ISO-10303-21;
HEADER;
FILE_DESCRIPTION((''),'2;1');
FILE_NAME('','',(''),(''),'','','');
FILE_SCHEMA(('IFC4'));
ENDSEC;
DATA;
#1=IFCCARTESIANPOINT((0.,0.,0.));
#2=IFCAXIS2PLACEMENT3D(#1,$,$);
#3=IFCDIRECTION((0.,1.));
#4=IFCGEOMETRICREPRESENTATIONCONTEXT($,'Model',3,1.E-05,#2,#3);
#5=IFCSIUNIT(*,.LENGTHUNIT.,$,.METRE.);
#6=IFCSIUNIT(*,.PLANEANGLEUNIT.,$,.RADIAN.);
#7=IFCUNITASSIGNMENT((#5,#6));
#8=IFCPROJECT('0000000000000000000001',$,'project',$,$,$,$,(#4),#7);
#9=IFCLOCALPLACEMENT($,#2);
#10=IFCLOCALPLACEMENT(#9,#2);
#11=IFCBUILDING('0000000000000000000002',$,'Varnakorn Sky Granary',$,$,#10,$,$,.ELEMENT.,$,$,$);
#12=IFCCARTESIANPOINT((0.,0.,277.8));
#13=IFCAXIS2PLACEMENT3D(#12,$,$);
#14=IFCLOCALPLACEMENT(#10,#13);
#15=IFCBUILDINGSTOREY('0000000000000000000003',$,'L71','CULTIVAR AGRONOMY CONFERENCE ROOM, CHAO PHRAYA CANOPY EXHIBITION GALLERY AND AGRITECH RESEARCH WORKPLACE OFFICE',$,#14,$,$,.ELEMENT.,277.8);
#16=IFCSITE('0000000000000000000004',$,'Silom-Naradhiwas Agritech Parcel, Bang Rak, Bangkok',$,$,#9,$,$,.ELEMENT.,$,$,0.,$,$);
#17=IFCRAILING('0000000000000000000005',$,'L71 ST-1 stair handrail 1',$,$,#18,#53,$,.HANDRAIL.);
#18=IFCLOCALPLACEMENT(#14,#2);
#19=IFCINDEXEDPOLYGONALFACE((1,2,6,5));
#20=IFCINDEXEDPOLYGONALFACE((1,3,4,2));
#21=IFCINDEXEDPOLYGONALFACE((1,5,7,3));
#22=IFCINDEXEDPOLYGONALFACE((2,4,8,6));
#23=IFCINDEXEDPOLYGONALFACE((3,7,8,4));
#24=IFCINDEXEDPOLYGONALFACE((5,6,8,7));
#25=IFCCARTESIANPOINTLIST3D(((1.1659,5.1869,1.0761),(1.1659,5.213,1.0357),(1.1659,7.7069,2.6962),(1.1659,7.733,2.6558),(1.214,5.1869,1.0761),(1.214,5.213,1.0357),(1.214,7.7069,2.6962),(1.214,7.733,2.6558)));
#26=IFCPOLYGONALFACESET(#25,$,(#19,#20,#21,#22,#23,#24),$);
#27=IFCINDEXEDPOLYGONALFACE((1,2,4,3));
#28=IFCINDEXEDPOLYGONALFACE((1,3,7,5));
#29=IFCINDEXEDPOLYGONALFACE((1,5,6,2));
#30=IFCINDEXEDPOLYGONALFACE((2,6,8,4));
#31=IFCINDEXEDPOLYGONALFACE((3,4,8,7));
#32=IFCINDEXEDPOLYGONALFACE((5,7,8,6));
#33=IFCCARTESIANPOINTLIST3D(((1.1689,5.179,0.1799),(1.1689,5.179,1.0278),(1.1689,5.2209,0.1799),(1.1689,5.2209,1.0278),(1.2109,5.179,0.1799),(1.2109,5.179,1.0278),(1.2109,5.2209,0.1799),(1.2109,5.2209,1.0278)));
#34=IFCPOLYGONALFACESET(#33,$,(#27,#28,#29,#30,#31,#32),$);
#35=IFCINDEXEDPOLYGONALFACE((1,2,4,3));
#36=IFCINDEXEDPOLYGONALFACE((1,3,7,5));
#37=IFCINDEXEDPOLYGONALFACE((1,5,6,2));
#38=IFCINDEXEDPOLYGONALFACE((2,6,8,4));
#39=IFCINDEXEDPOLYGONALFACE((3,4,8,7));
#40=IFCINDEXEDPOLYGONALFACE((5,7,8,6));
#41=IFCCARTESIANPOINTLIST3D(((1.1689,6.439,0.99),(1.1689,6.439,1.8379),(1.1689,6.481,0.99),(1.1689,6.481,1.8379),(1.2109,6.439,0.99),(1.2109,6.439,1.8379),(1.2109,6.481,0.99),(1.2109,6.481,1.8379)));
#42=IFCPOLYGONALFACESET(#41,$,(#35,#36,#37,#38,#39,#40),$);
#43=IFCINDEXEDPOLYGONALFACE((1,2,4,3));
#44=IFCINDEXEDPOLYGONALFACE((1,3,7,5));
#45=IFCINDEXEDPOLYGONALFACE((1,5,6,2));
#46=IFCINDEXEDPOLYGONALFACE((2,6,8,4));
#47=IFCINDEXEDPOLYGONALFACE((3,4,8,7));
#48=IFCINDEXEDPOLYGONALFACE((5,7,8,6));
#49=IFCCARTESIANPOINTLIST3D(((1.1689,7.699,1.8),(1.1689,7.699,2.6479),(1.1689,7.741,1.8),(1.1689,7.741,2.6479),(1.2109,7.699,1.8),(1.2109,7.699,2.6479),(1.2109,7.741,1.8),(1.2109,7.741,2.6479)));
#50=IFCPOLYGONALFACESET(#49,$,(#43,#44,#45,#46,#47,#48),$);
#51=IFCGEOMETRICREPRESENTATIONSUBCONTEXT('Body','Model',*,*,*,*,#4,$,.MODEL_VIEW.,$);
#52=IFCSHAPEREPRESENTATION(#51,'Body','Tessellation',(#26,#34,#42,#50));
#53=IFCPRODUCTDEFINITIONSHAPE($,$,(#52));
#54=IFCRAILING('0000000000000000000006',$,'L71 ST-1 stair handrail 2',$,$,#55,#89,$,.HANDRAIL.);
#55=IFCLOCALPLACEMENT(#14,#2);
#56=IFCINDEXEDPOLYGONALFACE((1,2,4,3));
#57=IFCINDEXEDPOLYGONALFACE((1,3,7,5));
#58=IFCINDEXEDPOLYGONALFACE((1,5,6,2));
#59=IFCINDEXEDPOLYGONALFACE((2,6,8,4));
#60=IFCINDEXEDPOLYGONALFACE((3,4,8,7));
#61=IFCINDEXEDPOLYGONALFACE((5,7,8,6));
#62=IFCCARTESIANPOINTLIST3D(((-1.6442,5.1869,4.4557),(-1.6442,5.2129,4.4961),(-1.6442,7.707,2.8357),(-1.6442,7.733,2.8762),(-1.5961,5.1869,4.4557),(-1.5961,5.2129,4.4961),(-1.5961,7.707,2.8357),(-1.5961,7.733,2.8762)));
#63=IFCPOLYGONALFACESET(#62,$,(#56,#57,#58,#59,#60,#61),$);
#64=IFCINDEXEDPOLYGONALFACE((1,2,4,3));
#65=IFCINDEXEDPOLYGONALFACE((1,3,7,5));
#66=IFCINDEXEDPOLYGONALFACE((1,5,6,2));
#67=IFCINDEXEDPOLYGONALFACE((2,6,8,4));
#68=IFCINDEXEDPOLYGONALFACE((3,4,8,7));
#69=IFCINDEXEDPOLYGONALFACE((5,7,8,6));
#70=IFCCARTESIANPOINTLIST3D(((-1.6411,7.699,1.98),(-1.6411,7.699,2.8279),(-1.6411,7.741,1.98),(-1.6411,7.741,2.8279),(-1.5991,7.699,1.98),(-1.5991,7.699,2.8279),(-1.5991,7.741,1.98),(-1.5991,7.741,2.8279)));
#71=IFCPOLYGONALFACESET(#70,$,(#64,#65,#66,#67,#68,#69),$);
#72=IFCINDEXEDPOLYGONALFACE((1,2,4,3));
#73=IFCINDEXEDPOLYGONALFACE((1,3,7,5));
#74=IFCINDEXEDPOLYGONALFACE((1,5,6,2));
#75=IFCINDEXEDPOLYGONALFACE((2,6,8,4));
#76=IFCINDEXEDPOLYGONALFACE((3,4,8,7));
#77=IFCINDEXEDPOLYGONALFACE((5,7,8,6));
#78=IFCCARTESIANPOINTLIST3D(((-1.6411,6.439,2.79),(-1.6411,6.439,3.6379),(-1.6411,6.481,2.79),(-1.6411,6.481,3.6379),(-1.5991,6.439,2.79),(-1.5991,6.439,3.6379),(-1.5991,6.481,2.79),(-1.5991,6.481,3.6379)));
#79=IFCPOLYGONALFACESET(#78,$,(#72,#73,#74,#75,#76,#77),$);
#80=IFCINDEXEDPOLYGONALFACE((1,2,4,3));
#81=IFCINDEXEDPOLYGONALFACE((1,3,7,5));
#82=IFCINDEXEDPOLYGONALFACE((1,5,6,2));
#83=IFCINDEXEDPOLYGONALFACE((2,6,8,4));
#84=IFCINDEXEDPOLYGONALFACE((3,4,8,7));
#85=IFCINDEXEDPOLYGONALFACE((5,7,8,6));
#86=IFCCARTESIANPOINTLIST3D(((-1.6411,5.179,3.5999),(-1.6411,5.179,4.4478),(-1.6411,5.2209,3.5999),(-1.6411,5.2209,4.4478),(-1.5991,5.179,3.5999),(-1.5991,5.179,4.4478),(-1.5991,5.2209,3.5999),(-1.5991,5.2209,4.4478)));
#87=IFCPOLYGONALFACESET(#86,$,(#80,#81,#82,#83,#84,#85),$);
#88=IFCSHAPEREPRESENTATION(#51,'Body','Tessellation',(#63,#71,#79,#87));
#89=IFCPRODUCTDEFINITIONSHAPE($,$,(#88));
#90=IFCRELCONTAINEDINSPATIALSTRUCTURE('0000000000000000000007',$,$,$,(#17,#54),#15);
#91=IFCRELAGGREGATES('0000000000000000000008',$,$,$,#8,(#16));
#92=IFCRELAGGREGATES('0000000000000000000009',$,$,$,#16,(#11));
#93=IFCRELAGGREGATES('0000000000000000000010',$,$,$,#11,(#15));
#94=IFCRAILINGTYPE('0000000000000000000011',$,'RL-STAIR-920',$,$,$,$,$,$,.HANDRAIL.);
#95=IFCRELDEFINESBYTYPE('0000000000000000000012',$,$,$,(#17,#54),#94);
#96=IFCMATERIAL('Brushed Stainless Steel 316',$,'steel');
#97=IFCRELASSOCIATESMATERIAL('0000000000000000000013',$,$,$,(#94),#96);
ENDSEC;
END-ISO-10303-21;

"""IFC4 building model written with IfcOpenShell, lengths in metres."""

from ifc_helpers import new_model, si_unit, direction, frame, origin, origin_2d, place, context, subcontext, project, spatial, rectangle, extrude, material, type_object, element, save


model = new_model("IFC4")

# Units and contexts
model_context = context("Model", 3, precision=1e-05, world=origin(), true_north=direction((0.0, 1.0)))
body_context = subcontext(model_context, "Body", "Model", "MODEL_VIEW")
ifc_project = project(units=[si_unit("LENGTHUNIT", "METRE"), si_unit("PLANEANGLEUNIT", "RADIAN")], contexts=[model_context])

# Site, building, storey
site_placement = place(None, origin())
site = spatial("IfcSite", under=ifc_project, at=site_placement, Name="Silom-Naradhiwas Agritech Parcel, Bang Rak, Bangkok", CompositionType="ELEMENT", RefElevation=0.0)
building_placement = place(site_placement, origin())
building = spatial("IfcBuilding", under=site, at=building_placement, Name="Varnakorn Sky Granary", CompositionType="ELEMENT")
storey_placement = place(building_placement, frame((0.0, 0.0, 277.8)))
storey = spatial("IfcBuildingStorey", under=building, at=storey_placement, Name="L71", Description="CULTIVAR AGRONOMY CONFERENCE ROOM, CHAO PHRAYA CANOPY EXHIBITION GALLERY AND AGRITECH RESEARCH WORKPLACE OFFICE", CompositionType="ELEMENT", Elevation=277.8)

# Railings
ifc_material_1 = material(Name="Brushed Stainless Steel 316", Category="steel")
railing_type_1 = type_object("IfcRailingType", Name="RL-STAIR-920", PredefinedType="HANDRAIL", material=ifc_material_1)
railing_1_placement = place(storey_placement, frame((1.1899, 5.2, 0.1799)))
element("IfcRailing", 1, at=railing_1_placement, inside=storey, type_object=railing_type_1, Name="L71 ST-1 stair handrail 1", PredefinedType="HANDRAIL", context=body_context, shape_type="SweptSolid", body=[
    extrude(rectangle(XDim=0.0481, YDim=0.0481, at=origin_2d()), frame((0.0, 0.0, 0.876), z_axis=(0.0, 0.841163, 0.540782), x_axis=(-1.0, 0.0, 0.0)), (0.0, 0.0, 1.0), 2.9958),
    extrude(rectangle(XDim=0.042, YDim=0.042, at=origin_2d()), origin(), (0.0, 0.0, 1.0), 0.8479),
    extrude(rectangle(XDim=0.042, YDim=0.042, at=origin_2d()), frame((0.0, 1.26, 0.8101)), (0.0, 0.0, 1.0), 0.8479),
    extrude(rectangle(XDim=0.042, YDim=0.042, at=origin_2d()), frame((0.0, 2.52, 1.6201)), (0.0, 0.0, 1.0), 0.8479),
])
railing_2_placement = place(storey_placement, frame((-1.6201, 7.72, 1.98)))
element("IfcRailing", 2, at=railing_2_placement, inside=storey, type_object=railing_type_1, Name="L71 ST-1 stair handrail 2", PredefinedType="HANDRAIL", context=body_context, shape_type="SweptSolid", body=[
    extrude(rectangle(XDim=0.0481, YDim=0.0481, at=origin_2d()), frame((0.0, 0.0, 0.876), z_axis=(0.0, -0.8412, 0.540725), x_axis=(1.0, 0.0, 0.0)), (0.0, 0.0, 1.0), 2.9958),
    extrude(rectangle(XDim=0.042, YDim=0.042, at=origin_2d()), origin(), (0.0, 0.0, 1.0), 0.8479),
    extrude(rectangle(XDim=0.042, YDim=0.042, at=origin_2d()), frame((0.0, -1.26, 0.8101)), (0.0, 0.0, 1.0), 0.8479),
    extrude(rectangle(XDim=0.042, YDim=0.042, at=origin_2d()), frame((0.0, -2.52, 1.6199)), (0.0, 0.0, 1.0), 0.8479),
])

save(model, "model.ifc")
